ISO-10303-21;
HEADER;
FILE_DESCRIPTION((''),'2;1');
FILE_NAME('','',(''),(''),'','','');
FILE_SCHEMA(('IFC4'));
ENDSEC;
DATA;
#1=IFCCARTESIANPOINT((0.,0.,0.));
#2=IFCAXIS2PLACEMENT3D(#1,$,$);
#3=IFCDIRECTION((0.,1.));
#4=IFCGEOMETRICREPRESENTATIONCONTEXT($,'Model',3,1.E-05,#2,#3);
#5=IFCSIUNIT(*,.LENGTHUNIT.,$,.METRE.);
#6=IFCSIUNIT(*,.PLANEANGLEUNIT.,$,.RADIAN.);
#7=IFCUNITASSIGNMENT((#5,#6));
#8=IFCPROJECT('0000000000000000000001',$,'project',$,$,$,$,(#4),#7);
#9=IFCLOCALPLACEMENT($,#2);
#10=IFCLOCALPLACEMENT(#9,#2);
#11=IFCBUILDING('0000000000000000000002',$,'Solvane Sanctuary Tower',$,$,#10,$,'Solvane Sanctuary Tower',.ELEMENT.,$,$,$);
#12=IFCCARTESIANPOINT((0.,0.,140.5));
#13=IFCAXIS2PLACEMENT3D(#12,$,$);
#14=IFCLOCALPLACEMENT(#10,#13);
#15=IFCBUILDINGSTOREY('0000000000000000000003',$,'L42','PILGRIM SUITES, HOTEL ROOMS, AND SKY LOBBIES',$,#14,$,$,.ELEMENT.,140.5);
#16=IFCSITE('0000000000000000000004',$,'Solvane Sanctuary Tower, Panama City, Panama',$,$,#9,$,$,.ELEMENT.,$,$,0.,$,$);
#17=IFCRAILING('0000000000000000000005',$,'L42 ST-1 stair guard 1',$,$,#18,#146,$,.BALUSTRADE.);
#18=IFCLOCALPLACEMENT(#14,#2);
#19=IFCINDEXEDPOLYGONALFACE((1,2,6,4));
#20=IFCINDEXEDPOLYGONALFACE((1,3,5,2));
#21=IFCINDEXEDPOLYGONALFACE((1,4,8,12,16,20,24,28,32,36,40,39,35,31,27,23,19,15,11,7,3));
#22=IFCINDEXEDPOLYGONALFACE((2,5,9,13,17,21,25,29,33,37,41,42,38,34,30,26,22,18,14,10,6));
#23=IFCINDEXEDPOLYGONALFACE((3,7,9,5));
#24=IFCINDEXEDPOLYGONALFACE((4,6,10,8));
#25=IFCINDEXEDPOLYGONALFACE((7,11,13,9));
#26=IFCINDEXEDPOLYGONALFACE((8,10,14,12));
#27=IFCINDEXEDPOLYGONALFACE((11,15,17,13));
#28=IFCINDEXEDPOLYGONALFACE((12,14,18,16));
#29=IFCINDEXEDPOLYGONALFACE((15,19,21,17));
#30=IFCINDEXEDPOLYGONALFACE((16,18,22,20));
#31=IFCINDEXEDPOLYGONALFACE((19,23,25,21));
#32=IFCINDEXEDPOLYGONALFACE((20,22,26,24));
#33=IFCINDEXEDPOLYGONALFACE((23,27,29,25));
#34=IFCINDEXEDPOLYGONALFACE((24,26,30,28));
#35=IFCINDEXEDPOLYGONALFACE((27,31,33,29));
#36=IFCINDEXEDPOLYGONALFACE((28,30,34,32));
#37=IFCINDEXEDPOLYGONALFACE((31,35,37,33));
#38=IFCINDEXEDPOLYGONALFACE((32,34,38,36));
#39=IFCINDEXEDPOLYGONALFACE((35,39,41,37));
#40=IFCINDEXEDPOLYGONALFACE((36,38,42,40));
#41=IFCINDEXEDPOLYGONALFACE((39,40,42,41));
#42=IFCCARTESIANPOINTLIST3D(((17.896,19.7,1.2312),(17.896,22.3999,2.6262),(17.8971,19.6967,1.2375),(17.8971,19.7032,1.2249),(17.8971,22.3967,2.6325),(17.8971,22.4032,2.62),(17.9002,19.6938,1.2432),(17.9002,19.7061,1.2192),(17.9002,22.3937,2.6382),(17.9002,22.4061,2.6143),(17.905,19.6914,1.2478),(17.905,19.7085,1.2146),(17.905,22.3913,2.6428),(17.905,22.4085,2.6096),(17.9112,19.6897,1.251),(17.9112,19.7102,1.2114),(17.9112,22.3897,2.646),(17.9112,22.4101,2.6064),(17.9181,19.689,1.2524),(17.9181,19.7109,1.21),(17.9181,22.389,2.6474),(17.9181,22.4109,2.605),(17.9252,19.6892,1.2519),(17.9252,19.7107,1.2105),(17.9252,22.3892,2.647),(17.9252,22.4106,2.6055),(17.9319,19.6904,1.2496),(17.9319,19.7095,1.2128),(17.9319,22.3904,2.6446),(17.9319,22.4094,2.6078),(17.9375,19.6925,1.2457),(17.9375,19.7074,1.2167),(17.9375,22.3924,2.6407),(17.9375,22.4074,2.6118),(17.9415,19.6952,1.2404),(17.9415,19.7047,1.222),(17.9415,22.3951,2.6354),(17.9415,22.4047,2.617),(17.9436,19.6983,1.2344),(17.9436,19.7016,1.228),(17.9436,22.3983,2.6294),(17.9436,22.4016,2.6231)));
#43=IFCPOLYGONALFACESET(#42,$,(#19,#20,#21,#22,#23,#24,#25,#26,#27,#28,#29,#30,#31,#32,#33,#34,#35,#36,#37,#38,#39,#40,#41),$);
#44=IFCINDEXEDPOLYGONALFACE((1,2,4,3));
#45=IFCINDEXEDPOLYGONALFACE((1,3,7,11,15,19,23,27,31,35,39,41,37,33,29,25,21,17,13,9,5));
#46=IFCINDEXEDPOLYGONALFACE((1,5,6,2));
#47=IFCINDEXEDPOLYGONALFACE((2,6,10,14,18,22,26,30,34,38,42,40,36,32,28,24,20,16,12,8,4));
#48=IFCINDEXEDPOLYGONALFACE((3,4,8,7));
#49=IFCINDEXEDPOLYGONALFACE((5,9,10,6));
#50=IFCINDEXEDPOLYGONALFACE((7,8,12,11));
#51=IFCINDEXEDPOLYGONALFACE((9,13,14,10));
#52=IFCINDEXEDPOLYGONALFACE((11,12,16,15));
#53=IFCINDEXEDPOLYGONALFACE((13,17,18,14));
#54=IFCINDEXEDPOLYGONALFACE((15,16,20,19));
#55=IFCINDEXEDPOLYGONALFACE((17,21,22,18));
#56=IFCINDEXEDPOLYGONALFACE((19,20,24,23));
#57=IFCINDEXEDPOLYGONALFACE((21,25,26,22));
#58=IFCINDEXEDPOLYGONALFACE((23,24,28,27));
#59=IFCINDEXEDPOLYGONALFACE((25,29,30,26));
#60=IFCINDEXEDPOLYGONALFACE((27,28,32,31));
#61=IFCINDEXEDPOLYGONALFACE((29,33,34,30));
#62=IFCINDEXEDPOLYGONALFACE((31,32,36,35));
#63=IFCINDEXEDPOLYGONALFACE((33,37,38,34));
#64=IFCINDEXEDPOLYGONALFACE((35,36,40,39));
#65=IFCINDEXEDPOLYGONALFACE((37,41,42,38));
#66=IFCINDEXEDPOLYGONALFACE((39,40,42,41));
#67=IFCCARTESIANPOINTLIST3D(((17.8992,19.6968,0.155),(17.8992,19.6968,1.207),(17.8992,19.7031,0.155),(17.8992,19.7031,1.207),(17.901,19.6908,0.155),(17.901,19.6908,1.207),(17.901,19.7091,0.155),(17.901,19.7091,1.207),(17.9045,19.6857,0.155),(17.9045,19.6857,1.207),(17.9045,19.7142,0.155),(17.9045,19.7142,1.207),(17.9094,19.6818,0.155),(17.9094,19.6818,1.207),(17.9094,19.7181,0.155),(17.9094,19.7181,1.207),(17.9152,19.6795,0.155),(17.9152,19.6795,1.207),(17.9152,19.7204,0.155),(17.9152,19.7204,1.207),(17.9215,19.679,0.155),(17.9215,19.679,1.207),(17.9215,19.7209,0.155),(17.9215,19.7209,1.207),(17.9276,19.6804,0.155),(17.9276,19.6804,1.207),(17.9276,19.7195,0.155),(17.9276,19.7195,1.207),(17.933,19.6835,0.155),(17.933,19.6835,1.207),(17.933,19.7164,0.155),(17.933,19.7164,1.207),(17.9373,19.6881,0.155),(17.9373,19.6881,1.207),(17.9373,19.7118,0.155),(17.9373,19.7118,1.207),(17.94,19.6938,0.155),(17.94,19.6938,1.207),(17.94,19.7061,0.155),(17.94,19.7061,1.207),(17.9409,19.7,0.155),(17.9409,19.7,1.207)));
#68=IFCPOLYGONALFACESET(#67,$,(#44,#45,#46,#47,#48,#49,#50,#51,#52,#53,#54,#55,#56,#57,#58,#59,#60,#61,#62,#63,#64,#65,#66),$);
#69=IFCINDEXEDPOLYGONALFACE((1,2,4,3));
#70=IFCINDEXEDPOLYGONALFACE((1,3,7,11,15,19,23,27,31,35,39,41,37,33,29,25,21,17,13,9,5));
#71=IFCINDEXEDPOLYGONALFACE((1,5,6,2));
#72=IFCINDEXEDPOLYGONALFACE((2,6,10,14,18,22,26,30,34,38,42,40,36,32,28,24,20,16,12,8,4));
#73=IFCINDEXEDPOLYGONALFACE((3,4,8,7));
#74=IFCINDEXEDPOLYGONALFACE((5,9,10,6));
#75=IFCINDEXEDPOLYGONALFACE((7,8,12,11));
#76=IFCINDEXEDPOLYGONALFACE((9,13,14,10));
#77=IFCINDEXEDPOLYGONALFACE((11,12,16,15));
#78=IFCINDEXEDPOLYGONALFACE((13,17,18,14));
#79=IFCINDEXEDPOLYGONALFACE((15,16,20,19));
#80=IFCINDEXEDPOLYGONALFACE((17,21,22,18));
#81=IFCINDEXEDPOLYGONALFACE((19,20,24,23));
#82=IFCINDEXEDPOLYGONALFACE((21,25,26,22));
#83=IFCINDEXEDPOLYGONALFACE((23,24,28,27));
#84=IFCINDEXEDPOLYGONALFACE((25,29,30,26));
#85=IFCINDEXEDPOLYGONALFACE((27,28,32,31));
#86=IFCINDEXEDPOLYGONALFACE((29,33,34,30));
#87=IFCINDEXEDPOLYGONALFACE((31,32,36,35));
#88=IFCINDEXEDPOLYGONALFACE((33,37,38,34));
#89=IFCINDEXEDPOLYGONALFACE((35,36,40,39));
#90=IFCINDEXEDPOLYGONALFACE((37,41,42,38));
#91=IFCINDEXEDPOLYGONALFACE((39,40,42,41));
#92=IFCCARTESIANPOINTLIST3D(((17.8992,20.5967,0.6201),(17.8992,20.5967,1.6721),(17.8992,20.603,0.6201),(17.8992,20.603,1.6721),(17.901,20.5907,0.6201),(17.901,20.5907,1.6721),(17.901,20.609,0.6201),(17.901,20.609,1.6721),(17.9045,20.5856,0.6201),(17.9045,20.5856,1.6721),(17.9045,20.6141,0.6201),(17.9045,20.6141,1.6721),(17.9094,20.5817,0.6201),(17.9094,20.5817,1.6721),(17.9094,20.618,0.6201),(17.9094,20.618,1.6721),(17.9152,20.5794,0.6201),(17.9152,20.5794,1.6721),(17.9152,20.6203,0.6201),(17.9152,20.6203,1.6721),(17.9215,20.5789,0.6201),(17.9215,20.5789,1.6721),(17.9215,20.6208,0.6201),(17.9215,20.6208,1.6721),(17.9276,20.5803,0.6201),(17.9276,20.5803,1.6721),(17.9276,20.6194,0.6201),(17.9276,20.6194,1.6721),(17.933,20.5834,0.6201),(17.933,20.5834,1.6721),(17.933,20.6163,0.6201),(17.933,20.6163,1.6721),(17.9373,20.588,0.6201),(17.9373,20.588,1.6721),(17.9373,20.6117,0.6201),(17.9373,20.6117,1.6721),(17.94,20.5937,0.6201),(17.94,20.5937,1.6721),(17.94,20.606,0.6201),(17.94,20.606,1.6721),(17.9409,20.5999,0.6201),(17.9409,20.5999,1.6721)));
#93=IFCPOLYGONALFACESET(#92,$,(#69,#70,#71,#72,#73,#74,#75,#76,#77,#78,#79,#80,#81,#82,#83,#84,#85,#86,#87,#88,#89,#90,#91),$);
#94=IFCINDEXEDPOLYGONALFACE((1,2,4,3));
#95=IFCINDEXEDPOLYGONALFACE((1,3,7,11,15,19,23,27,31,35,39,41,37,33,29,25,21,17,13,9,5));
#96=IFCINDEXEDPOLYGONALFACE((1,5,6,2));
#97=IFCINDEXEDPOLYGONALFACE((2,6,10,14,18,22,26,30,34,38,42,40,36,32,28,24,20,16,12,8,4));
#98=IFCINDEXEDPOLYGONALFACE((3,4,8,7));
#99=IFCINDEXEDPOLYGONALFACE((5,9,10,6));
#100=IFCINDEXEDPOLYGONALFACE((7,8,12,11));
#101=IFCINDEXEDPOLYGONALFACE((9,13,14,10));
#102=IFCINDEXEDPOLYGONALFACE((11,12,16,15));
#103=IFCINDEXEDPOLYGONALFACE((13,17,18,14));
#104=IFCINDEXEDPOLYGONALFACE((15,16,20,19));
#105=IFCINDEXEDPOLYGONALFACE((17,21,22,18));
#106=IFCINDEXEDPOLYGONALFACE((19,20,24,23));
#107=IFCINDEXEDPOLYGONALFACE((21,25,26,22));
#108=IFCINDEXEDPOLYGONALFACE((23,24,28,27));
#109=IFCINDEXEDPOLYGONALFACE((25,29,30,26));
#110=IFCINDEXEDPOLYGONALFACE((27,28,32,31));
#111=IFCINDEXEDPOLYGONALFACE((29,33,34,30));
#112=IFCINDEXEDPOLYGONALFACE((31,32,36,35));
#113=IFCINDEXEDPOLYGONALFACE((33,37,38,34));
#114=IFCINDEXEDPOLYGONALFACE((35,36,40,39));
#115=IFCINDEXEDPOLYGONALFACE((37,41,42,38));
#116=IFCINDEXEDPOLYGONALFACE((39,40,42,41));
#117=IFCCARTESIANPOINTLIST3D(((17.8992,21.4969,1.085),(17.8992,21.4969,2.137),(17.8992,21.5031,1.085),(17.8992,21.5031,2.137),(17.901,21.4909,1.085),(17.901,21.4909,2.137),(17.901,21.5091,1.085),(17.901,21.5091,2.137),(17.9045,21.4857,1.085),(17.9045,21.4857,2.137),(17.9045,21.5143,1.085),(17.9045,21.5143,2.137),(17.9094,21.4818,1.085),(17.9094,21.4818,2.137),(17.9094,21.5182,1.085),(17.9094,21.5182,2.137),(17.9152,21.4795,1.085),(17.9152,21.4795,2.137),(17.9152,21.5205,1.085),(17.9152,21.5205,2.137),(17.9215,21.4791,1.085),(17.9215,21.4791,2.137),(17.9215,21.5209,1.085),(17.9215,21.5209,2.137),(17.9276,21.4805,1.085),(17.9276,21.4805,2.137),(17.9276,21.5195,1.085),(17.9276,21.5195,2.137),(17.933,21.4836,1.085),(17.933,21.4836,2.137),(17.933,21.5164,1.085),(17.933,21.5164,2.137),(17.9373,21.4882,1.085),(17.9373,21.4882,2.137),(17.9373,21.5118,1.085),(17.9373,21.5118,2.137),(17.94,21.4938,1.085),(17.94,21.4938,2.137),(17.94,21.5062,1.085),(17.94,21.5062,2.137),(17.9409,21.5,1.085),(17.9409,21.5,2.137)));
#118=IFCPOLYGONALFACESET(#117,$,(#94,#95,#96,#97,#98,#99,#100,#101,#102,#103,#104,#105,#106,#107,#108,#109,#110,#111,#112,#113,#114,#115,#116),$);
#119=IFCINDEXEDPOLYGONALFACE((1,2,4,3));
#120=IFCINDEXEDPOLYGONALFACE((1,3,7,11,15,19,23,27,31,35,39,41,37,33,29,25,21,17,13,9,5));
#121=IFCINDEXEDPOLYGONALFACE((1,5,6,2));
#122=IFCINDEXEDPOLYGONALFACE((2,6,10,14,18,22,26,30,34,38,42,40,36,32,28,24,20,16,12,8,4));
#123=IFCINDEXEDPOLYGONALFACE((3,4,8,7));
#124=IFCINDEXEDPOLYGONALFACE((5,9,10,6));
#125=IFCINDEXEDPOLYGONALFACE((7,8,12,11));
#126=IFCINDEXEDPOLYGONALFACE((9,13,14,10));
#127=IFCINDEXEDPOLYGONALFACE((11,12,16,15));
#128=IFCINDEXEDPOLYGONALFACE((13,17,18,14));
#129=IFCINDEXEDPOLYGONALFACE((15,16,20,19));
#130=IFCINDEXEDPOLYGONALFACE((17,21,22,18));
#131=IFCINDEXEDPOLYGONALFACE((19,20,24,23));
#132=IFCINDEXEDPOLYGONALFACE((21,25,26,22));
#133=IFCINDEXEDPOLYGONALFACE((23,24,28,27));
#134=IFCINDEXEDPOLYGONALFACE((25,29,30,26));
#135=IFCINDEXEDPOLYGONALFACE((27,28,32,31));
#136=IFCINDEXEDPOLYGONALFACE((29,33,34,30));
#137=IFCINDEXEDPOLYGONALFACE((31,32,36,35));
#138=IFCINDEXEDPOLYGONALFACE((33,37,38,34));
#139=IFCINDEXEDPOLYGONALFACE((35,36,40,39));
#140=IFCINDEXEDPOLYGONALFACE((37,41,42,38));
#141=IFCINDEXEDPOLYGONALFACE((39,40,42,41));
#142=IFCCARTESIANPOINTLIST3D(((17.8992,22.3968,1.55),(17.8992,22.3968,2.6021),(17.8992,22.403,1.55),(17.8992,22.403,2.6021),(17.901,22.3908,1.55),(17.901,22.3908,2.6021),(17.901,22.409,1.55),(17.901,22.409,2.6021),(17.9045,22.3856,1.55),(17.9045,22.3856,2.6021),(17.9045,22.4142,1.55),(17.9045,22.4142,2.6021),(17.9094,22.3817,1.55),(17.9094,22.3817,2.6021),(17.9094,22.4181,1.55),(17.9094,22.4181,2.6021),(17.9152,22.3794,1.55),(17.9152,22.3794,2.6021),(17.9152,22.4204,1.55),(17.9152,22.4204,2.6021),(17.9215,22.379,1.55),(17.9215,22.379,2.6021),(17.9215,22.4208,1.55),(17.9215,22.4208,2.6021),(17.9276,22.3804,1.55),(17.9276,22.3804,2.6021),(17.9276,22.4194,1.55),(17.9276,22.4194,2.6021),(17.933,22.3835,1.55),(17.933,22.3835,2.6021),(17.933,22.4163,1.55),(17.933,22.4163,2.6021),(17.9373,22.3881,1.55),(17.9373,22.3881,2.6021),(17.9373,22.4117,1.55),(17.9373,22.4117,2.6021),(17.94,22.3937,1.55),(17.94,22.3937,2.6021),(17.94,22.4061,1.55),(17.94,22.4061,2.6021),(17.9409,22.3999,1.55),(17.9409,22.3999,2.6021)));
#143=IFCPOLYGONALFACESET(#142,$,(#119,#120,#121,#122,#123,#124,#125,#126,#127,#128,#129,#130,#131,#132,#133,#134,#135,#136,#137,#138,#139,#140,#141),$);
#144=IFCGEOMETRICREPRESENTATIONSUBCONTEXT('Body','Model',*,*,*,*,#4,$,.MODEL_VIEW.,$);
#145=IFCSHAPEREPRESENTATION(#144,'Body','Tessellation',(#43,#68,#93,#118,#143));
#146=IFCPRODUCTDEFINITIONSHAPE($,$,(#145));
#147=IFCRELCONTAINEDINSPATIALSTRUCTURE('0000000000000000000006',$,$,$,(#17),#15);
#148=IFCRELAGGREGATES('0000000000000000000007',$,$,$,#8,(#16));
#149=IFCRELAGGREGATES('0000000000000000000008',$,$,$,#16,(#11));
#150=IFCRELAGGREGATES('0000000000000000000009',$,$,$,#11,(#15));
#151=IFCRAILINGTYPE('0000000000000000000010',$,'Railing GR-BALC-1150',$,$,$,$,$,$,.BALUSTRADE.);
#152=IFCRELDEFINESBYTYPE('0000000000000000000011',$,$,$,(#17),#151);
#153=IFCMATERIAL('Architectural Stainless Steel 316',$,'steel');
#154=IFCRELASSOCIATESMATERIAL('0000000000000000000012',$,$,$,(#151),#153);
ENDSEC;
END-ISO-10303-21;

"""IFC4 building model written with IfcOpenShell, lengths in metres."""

from ifc_helpers import new_model, si_unit, direction, frame, origin, origin_2d, place, context, subcontext, project, spatial, circle, extrude, material, type_object, element, save


model = new_model("IFC4")

# Units and contexts
model_context = context("Model", 3, precision=1e-05, world=origin(), true_north=direction((0.0, 1.0)))
body_context = subcontext(model_context, "Body", "Model", "MODEL_VIEW")
ifc_project = project(units=[si_unit("LENGTHUNIT", "METRE"), si_unit("PLANEANGLEUNIT", "RADIAN")], contexts=[model_context])

# Site, building, storey
site_placement = place(None, origin())
site = spatial("IfcSite", under=ifc_project, at=site_placement, Name="Solvane Sanctuary Tower, Panama City, Panama", CompositionType="ELEMENT", RefElevation=0.0)
building_placement = place(site_placement, origin())
building = spatial("IfcBuilding", under=site, at=building_placement, Name="Solvane Sanctuary Tower", LongName="Solvane Sanctuary Tower", CompositionType="ELEMENT")
storey_placement = place(building_placement, frame((0.0, 0.0, 140.5)))
storey = spatial("IfcBuildingStorey", under=building, at=storey_placement, Name="L42", Description="PILGRIM SUITES, HOTEL ROOMS, AND SKY LOBBIES", CompositionType="ELEMENT", Elevation=140.5)

# Shared definitions
ifc_material_1 = material(Name="Architectural Stainless Steel 316", Category="steel")

# Railing
railing_type = type_object("IfcRailingType", Name="Railing GR-BALC-1150", PredefinedType="BALUSTRADE", material=ifc_material_1)
railing_1_placement = place(storey_placement, frame((17.9199, 19.7, 0.155)))
element("IfcRailing", 1, at=railing_1_placement, inside=storey, type_object=railing_type, Name="L42 ST-1 stair guard 1", PredefinedType="BALUSTRADE", context=body_context, shape_type="SweptSolid", body=[
    extrude(circle(Radius=0.0239, at=origin_2d()), frame((0.0, 0.0, 1.0762), z_axis=(0.0, 0.88842, 0.459032), x_axis=(-1.0, 0.0, 0.0)), (0.0, 0.0, 1.0), 3.0391),
    extrude(circle(Radius=0.021, at=origin_2d()), origin(), (0.0, 0.0, 1.0), 1.052),
    extrude(circle(Radius=0.021, at=origin_2d()), frame((0.0, 0.8999, 0.4651)), (0.0, 0.0, 1.0), 1.052),
    extrude(circle(Radius=0.021, at=origin_2d()), frame((0.0, 1.8, 0.9299)), (0.0, 0.0, 1.0), 1.052),
    extrude(circle(Radius=0.021, at=origin_2d()), frame((0.0, 2.7, 1.395)), (0.0, 0.0, 1.0), 1.052),
])

save(model, "model.ifc")
